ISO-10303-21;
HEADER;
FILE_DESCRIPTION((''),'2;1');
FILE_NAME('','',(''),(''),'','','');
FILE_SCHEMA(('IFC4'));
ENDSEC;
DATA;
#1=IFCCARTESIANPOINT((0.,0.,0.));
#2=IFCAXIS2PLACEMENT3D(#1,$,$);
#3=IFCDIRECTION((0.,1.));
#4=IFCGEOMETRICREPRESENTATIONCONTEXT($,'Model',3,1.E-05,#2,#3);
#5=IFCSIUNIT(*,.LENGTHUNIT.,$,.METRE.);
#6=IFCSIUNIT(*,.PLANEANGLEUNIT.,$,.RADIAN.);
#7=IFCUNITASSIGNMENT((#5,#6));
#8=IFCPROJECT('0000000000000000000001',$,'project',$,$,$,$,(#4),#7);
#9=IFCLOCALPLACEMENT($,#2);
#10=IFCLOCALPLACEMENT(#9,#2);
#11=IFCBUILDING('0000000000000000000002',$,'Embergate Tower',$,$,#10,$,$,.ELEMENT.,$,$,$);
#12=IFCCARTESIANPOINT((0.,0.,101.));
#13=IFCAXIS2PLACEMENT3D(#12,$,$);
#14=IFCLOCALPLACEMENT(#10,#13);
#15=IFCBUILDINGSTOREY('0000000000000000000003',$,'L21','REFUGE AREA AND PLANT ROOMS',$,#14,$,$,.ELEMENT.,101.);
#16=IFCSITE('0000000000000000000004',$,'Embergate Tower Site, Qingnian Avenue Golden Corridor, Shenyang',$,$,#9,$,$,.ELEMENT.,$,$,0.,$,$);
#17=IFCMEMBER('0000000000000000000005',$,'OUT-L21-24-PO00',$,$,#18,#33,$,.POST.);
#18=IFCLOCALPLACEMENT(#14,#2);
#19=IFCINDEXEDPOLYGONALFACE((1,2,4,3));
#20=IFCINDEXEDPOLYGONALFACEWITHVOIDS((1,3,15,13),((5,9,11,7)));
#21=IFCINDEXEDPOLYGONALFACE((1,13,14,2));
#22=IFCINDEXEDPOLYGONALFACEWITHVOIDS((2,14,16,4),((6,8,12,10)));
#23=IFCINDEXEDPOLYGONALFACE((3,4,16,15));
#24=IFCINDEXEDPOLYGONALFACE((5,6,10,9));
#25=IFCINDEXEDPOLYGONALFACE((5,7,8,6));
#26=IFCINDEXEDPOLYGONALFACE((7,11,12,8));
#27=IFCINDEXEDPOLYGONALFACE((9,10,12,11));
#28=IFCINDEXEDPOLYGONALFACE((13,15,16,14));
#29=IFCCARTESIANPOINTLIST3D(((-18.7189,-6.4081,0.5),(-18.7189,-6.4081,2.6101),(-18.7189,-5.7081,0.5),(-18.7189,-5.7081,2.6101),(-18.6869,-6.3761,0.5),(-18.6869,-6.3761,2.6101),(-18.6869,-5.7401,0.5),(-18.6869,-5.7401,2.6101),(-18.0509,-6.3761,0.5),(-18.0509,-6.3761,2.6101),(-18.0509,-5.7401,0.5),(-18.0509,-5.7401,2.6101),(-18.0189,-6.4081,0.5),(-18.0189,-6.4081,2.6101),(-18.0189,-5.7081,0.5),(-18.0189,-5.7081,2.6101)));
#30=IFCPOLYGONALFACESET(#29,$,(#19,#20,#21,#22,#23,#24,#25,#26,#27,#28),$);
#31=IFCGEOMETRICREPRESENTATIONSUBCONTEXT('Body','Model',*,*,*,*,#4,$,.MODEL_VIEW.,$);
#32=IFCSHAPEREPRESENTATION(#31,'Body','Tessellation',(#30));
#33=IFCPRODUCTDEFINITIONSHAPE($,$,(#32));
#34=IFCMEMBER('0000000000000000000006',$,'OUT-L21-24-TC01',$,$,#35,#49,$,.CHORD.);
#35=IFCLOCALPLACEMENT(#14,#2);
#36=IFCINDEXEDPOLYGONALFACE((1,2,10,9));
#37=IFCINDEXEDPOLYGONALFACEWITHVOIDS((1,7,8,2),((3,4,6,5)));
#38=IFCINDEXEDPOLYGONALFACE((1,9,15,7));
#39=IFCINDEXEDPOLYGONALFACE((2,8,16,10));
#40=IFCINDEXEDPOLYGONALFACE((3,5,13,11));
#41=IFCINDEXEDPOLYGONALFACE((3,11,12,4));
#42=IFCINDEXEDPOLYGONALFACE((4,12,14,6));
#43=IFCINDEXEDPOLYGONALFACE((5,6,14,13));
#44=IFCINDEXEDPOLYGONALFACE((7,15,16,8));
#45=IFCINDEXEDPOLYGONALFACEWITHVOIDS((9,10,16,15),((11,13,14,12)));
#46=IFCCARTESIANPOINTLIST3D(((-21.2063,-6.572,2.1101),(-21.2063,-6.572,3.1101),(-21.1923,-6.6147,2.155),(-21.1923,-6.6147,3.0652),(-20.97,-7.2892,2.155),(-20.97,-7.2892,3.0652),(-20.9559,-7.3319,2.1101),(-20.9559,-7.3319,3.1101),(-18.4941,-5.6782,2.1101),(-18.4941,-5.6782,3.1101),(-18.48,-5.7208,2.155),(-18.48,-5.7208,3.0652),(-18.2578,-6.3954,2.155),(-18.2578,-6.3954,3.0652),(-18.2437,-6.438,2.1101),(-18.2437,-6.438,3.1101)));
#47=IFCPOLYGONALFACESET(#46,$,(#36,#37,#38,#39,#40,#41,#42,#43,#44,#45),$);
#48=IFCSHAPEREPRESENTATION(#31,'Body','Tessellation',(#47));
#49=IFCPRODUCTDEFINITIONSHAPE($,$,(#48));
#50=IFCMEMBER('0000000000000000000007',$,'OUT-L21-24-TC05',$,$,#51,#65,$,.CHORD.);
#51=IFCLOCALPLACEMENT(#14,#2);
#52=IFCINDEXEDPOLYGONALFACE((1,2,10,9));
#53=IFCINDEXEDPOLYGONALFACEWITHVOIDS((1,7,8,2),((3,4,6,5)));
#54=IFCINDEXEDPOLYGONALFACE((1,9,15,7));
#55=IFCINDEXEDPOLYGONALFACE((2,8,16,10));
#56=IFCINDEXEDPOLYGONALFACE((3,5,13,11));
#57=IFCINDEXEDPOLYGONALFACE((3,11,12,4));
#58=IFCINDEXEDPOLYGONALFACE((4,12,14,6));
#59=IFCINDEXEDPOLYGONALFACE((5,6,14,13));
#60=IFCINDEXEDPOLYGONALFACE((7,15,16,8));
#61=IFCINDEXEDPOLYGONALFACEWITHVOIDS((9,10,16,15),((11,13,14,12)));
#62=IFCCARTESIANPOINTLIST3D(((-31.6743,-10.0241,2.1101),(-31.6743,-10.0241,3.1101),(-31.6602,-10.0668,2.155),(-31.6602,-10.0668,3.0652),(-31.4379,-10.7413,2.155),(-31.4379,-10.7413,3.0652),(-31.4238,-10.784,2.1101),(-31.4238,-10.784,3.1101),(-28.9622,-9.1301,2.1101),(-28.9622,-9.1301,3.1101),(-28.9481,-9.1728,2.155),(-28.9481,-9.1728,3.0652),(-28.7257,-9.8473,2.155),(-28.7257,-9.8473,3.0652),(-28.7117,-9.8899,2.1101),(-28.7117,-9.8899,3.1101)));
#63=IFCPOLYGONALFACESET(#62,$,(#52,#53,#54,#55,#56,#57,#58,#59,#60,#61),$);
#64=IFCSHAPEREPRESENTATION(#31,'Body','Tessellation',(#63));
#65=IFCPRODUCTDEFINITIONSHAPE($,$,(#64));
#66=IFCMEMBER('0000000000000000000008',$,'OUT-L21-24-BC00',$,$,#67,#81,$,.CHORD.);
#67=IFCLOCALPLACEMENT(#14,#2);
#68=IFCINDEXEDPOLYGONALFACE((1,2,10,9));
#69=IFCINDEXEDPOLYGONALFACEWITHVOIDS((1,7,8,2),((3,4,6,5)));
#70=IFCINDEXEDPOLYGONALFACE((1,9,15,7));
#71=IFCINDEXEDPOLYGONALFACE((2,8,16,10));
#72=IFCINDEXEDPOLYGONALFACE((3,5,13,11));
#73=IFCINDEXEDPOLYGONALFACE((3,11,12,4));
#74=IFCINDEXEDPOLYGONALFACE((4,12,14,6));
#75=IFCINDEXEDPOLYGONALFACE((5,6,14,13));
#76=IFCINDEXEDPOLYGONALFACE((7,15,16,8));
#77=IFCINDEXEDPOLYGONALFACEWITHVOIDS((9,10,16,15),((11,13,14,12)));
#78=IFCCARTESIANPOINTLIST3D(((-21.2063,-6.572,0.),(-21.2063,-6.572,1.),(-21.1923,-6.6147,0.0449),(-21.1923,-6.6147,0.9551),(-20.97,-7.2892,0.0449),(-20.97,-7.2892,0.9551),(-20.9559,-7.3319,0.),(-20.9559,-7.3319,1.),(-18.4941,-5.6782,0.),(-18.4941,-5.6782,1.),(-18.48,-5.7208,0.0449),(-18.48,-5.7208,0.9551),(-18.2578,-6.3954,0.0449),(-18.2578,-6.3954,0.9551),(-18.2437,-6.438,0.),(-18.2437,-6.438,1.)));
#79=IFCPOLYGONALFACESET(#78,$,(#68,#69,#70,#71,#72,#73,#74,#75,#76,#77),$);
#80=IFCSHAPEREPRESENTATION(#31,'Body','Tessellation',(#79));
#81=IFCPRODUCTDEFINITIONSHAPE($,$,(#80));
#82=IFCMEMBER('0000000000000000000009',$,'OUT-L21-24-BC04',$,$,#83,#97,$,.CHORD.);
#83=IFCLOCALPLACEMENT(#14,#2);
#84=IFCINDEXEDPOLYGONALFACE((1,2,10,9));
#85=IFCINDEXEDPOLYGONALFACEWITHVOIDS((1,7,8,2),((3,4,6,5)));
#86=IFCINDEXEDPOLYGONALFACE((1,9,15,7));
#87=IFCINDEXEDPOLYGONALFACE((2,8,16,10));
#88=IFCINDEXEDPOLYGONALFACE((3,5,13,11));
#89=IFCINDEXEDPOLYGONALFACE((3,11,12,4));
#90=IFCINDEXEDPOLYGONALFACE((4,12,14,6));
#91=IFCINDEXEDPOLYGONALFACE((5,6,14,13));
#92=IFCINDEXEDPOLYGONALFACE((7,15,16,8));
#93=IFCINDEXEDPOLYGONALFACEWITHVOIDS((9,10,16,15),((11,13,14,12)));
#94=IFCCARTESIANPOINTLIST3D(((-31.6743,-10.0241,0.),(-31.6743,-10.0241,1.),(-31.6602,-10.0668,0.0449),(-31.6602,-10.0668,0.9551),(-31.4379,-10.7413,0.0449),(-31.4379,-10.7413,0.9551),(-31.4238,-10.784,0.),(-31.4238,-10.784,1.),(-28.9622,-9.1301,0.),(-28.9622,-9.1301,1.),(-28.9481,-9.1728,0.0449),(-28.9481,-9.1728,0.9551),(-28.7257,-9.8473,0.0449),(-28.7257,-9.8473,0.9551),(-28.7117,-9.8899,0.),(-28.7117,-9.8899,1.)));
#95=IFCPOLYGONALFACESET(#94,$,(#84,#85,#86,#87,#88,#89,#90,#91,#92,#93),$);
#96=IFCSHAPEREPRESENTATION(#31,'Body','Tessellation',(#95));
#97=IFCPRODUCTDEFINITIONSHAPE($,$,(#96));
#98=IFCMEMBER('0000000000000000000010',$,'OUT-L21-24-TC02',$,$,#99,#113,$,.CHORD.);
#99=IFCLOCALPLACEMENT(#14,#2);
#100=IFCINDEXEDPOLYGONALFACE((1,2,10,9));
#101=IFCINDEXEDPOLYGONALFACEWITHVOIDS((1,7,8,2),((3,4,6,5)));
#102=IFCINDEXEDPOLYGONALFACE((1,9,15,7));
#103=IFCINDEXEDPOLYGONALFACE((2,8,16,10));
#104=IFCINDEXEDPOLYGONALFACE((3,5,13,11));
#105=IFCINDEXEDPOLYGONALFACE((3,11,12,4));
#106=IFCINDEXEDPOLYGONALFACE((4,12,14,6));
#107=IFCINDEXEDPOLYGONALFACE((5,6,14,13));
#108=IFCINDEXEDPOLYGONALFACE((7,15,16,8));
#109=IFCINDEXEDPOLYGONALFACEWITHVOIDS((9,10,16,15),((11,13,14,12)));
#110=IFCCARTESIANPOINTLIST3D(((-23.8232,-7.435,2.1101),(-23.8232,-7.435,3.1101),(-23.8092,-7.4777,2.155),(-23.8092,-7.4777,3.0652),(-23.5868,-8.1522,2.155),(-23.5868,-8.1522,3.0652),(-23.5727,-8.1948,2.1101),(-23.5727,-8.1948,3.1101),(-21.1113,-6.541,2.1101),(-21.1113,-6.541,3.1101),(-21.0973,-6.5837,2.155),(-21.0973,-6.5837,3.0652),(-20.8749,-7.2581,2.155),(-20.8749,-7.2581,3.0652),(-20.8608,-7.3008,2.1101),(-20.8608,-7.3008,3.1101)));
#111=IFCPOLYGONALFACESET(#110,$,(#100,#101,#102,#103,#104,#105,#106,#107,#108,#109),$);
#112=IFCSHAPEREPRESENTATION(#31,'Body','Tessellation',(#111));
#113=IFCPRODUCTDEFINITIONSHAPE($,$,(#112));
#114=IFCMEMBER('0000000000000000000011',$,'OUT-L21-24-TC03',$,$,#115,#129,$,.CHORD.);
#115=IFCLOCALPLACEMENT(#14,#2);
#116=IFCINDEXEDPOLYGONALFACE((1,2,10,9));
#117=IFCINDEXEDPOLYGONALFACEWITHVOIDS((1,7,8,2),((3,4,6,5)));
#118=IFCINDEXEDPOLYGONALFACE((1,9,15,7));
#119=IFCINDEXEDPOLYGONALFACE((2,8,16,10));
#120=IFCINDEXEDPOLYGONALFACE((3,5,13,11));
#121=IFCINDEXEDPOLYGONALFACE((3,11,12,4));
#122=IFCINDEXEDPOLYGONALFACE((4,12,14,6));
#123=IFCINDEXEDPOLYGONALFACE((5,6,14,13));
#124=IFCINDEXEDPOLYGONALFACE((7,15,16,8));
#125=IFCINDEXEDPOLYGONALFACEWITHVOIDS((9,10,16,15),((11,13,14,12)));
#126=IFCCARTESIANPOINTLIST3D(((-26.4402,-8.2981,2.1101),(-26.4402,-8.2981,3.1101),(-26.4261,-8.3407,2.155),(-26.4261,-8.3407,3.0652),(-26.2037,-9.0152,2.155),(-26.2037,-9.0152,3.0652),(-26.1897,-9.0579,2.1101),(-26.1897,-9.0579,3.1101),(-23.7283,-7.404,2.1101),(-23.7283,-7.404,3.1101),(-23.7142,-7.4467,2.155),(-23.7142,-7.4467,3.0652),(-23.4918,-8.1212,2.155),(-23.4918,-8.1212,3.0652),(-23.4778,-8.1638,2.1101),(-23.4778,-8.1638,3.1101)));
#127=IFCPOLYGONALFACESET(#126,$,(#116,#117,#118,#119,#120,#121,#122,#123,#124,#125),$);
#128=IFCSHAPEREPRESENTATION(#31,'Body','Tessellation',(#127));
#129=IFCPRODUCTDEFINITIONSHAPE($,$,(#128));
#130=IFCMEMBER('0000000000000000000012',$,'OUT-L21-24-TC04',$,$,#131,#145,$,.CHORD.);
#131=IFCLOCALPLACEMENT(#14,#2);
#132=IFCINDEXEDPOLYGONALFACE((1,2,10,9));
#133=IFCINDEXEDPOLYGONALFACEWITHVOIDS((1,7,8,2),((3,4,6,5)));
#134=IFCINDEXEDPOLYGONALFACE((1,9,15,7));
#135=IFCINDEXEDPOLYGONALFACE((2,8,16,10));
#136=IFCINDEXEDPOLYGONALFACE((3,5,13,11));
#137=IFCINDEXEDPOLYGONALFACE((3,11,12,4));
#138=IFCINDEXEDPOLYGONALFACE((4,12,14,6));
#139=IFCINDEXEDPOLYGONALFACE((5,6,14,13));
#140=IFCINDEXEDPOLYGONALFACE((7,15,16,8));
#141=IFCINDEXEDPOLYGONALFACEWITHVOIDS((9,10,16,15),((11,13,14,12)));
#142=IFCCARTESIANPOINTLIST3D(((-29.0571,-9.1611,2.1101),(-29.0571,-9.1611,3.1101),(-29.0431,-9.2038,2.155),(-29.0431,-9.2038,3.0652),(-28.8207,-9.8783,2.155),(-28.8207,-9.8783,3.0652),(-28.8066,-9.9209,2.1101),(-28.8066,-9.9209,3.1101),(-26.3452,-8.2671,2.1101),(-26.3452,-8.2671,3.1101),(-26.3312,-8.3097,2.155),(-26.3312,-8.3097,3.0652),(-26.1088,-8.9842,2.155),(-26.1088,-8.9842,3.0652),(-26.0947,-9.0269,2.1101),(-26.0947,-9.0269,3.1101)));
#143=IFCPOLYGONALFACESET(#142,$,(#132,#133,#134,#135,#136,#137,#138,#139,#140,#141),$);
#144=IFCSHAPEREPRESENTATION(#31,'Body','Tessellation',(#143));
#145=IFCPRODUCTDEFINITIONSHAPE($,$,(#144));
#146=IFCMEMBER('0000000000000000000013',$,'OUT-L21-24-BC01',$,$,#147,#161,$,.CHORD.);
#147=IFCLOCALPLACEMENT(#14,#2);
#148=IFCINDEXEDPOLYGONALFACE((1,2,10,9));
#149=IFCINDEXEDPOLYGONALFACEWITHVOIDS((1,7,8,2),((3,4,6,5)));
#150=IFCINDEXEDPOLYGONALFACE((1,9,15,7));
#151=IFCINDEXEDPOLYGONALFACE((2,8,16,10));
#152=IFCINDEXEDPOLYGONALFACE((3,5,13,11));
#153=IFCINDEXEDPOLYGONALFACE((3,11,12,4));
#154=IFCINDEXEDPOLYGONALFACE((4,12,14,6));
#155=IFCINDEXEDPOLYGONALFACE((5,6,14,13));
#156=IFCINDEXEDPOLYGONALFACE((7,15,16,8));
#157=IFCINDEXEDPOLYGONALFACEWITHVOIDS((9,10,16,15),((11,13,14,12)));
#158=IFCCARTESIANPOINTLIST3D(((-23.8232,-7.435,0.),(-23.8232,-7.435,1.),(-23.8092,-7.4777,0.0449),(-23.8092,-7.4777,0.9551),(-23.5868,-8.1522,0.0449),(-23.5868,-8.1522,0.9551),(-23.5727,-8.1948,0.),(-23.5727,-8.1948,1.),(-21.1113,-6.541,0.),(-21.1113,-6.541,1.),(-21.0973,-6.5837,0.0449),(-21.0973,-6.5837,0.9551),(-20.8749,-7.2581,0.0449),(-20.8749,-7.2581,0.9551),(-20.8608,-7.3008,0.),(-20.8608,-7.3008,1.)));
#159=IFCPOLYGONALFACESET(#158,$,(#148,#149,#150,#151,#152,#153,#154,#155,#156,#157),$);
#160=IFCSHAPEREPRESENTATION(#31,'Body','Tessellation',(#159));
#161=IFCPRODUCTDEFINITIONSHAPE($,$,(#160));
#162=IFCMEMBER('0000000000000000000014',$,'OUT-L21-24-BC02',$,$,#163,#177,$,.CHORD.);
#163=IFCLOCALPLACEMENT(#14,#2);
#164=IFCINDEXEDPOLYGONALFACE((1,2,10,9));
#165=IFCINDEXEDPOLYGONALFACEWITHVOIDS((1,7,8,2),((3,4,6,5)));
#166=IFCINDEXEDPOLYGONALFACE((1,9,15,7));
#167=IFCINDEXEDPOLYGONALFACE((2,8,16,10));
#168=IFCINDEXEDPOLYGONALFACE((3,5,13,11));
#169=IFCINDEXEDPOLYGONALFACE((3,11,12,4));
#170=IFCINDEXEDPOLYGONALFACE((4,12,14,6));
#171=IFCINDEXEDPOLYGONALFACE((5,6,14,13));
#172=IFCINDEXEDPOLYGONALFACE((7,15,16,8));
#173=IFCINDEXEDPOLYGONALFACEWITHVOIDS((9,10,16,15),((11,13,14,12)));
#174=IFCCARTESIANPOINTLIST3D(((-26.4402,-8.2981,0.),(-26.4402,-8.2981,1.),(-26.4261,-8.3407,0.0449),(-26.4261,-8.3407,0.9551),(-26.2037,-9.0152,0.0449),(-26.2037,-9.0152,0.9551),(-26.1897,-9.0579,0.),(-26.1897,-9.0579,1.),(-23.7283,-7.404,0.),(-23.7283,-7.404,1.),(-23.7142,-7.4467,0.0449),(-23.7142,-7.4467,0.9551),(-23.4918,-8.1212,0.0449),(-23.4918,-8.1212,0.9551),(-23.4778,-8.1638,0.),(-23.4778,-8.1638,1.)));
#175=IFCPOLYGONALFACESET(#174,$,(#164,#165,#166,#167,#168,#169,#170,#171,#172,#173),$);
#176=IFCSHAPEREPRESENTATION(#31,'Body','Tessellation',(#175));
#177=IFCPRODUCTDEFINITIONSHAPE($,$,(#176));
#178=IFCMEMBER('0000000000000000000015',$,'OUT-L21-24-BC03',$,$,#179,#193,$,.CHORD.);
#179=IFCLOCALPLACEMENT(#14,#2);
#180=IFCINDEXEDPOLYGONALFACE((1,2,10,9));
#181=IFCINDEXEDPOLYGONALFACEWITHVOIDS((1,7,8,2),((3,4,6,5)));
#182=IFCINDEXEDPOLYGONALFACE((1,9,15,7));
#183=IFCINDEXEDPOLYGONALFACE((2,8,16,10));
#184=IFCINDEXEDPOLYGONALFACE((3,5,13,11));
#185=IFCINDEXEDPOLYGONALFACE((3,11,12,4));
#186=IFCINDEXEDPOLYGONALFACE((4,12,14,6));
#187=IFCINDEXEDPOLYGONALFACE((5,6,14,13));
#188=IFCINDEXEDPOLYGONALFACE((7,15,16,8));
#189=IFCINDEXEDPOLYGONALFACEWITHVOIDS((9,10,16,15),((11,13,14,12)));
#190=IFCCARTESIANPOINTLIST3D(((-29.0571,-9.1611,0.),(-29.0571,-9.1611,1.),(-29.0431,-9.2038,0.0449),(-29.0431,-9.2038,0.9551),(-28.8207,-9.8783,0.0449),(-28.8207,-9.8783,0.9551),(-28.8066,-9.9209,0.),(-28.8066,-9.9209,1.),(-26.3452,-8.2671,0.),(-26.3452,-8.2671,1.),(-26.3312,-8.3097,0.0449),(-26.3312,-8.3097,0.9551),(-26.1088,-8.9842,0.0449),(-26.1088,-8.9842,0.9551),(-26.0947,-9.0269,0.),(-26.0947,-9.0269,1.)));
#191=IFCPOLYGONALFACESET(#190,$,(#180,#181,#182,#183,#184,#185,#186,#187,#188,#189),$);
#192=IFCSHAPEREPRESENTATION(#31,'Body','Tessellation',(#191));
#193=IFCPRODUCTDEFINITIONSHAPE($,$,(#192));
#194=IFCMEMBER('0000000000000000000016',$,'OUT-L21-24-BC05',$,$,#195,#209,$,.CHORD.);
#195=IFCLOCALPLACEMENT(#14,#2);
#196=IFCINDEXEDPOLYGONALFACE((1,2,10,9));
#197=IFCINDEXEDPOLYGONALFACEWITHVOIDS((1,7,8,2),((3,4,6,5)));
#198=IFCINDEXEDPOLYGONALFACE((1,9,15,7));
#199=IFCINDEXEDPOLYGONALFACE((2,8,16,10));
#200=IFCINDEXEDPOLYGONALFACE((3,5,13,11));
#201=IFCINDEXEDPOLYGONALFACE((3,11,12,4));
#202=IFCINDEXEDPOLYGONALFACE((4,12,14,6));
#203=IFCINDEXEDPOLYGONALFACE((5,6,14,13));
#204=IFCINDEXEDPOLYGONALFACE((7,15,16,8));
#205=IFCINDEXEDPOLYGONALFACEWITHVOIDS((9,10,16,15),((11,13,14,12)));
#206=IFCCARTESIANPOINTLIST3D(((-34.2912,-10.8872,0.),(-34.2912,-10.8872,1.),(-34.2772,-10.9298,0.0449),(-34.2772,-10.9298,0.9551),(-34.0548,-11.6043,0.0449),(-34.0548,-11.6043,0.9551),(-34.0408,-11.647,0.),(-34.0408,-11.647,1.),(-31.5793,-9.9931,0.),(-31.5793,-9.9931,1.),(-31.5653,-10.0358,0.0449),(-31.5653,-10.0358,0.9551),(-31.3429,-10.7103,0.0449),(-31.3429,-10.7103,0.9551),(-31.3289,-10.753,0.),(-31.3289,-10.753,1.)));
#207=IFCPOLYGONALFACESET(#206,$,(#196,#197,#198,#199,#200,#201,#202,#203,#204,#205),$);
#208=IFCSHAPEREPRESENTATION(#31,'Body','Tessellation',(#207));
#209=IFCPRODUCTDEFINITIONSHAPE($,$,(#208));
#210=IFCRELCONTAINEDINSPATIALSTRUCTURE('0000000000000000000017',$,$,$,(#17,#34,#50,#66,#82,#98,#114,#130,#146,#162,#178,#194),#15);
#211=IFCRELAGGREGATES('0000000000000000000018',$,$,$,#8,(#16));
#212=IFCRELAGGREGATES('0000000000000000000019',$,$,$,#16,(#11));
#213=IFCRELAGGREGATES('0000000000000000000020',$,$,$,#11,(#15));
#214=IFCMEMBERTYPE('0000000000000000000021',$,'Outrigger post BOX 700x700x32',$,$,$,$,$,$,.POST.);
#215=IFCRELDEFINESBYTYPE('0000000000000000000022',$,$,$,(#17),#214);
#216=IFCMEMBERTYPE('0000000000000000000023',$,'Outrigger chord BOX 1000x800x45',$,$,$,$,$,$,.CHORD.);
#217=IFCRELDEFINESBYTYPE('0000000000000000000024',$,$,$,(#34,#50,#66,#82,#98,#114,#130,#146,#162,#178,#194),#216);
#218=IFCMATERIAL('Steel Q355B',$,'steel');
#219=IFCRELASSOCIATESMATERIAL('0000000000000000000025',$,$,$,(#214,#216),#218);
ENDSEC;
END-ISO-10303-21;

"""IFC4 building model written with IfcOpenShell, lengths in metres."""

from ifc_helpers import new_model, si_unit, direction, frame, origin, origin_2d, place, context, subcontext, project, spatial, hollow_rectangle, extrude, source, transform, mapped, material, material_profile, profile_set, type_object, element, save


model = new_model("IFC4")

# Units and contexts
model_context = context("Model", 3, precision=1e-05, world=origin(), true_north=direction((0.0, 1.0)))
body_context = subcontext(model_context, "Body", "Model", "MODEL_VIEW")
ifc_project = project(units=[si_unit("LENGTHUNIT", "METRE"), si_unit("PLANEANGLEUNIT", "RADIAN")], contexts=[model_context])

# Site, building, storey
site_placement = place(None, origin())
site = spatial("IfcSite", under=ifc_project, at=site_placement, Name="Embergate Tower Site, Qingnian Avenue Golden Corridor, Shenyang", CompositionType="ELEMENT", RefElevation=0.0)
building_placement = place(site_placement, origin())
building = spatial("IfcBuilding", under=site, at=building_placement, Name="Embergate Tower", CompositionType="ELEMENT")
storey_placement = place(building_placement, frame((0.0, 0.0, 101.0)))
storey = spatial("IfcBuildingStorey", under=building, at=storey_placement, Name="L21", Description="REFUGE AREA AND PLANT ROOMS", CompositionType="ELEMENT", Elevation=101.0)

# Members
ifc_material = material(Name="Steel Q355B", Category="steel")
ifc_material_profile_1 = material_profile(ifc_material, hollow_rectangle(XDim=0.7, YDim=0.7, WallThickness=0.032, at=origin_2d()), Name="BOX 700x700x32")
ifc_profile_set_1 = profile_set([ifc_material_profile_1], Name="Steel Q355 grade B")
member_type_1 = type_object("IfcMemberType", Name="Outrigger post BOX 700x700x32", PredefinedType="POST", material=ifc_profile_set_1)
shared_shape_1 = source(origin(), body_context, "Body", "SweptSolid", [
    extrude(hollow_rectangle(XDim=0.7, YDim=0.7, WallThickness=0.032, at=origin_2d()), origin(), (0.0, 0.0, 1.0), 2.1101),
])
member_placement = place(storey_placement, frame((-18.3689, -6.0581, 0.5), z_axis=(0.0, 0.0, 1.0), x_axis=(1.0, 0.0, 0.0)))
element("IfcMember", 1, at=member_placement, inside=storey, type_object=member_type_1, Name="OUT-L21-24-PO00", PredefinedType="POST", context=body_context, shape_type="MappedRepresentation", body=[
    mapped(shared_shape_1, transform((0.0, 0.0, 0.0))),
])
ifc_material_profile_2 = material_profile(ifc_material, hollow_rectangle(XDim=0.8, YDim=1.0, WallThickness=0.0449, at=origin_2d()), Name="BOX 1000x800x45")
ifc_profile_set_2 = profile_set([ifc_material_profile_2], Name="Steel Q355 grade B")
member_type_2 = type_object("IfcMemberType", Name="Outrigger chord BOX 1000x800x45", PredefinedType="CHORD", material=ifc_profile_set_2)
shared_shape_2 = source(origin(), body_context, "Body", "SweptSolid", [
    extrude(hollow_rectangle(XDim=0.8, YDim=1.0, WallThickness=0.0449, at=origin_2d()), origin(), (0.0, 0.0, 1.0), 2.8557),
])
for number, where, z_axis, x_axis, name in (
    (2, (-18.3689, -6.0581, 2.6101), (-0.949755, -0.312994, 0.0), (0.312994, -0.949755, 0.0), "OUT-L21-24-TC01"),
    (3, (-28.8369, -9.51, 2.6101), (-0.94973, -0.313071, 0.0), (0.313071, -0.94973, 0.0), "OUT-L21-24-TC05"),
    (4, (-18.3689, -6.0581, 0.5), (-0.949755, -0.312994, 0.0), (0.312994, -0.949755, 0.0), "OUT-L21-24-BC00"),
    (5, (-28.8369, -9.51, 0.5), (-0.94973, -0.313071, 0.0), (0.313071, -0.94973, 0.0), "OUT-L21-24-BC04"),
):
    element("IfcMember", number, at=place(storey_placement, frame(where, z_axis=z_axis, x_axis=x_axis)), inside=storey, type_object=member_type_2, Name=name, PredefinedType="CHORD", context=body_context, shape_type="MappedRepresentation", body=[
        mapped(shared_shape_2, transform((0.0, 0.0, 0.0))),
    ])
shared_shape_3 = source(origin(), body_context, "Body", "SweptSolid", [
    extrude(hollow_rectangle(XDim=0.8, YDim=1.0, WallThickness=0.0449, at=origin_2d()), origin(), (0.0, 0.0, 1.0), 2.8555),
])
for number, where, z_axis, x_axis, name in (
    (6, (-20.9861, -6.9209, 2.6101), (-0.949721, -0.313097, 0.0), (0.313097, -0.949721, 0.0), "OUT-L21-24-TC02"),
    (7, (-23.603, -7.7839, 2.6101), (-0.949721, -0.313097, 0.0), (0.313097, -0.949721, 0.0), "OUT-L21-24-TC03"),
    (8, (-26.22, -8.647, 2.6101), (-0.949721, -0.313097, 0.0), (0.313097, -0.949721, 0.0), "OUT-L21-24-TC04"),
    (9, (-20.9861, -6.9209, 0.5), (-0.949721, -0.313097, 0.0), (0.313097, -0.949721, 0.0), "OUT-L21-24-BC01"),
    (10, (-23.603, -7.7839, 0.5), (-0.949721, -0.313097, 0.0), (0.313097, -0.949721, 0.0), "OUT-L21-24-BC02"),
    (11, (-26.22, -8.647, 0.5), (-0.949721, -0.313097, 0.0), (0.313097, -0.949721, 0.0), "OUT-L21-24-BC03"),
    (12, (-31.4541, -10.373, 0.5), (-0.949721, -0.313097, 0.0), (0.313097, -0.949721, 0.0), "OUT-L21-24-BC05"),
):
    element("IfcMember", number, at=place(storey_placement, frame(where, z_axis=z_axis, x_axis=x_axis)), inside=storey, type_object=member_type_2, Name=name, PredefinedType="CHORD", context=body_context, shape_type="MappedRepresentation", body=[
        mapped(shared_shape_3, transform((0.0, 0.0, 0.0))),
    ])

save(model, "model.ifc")
